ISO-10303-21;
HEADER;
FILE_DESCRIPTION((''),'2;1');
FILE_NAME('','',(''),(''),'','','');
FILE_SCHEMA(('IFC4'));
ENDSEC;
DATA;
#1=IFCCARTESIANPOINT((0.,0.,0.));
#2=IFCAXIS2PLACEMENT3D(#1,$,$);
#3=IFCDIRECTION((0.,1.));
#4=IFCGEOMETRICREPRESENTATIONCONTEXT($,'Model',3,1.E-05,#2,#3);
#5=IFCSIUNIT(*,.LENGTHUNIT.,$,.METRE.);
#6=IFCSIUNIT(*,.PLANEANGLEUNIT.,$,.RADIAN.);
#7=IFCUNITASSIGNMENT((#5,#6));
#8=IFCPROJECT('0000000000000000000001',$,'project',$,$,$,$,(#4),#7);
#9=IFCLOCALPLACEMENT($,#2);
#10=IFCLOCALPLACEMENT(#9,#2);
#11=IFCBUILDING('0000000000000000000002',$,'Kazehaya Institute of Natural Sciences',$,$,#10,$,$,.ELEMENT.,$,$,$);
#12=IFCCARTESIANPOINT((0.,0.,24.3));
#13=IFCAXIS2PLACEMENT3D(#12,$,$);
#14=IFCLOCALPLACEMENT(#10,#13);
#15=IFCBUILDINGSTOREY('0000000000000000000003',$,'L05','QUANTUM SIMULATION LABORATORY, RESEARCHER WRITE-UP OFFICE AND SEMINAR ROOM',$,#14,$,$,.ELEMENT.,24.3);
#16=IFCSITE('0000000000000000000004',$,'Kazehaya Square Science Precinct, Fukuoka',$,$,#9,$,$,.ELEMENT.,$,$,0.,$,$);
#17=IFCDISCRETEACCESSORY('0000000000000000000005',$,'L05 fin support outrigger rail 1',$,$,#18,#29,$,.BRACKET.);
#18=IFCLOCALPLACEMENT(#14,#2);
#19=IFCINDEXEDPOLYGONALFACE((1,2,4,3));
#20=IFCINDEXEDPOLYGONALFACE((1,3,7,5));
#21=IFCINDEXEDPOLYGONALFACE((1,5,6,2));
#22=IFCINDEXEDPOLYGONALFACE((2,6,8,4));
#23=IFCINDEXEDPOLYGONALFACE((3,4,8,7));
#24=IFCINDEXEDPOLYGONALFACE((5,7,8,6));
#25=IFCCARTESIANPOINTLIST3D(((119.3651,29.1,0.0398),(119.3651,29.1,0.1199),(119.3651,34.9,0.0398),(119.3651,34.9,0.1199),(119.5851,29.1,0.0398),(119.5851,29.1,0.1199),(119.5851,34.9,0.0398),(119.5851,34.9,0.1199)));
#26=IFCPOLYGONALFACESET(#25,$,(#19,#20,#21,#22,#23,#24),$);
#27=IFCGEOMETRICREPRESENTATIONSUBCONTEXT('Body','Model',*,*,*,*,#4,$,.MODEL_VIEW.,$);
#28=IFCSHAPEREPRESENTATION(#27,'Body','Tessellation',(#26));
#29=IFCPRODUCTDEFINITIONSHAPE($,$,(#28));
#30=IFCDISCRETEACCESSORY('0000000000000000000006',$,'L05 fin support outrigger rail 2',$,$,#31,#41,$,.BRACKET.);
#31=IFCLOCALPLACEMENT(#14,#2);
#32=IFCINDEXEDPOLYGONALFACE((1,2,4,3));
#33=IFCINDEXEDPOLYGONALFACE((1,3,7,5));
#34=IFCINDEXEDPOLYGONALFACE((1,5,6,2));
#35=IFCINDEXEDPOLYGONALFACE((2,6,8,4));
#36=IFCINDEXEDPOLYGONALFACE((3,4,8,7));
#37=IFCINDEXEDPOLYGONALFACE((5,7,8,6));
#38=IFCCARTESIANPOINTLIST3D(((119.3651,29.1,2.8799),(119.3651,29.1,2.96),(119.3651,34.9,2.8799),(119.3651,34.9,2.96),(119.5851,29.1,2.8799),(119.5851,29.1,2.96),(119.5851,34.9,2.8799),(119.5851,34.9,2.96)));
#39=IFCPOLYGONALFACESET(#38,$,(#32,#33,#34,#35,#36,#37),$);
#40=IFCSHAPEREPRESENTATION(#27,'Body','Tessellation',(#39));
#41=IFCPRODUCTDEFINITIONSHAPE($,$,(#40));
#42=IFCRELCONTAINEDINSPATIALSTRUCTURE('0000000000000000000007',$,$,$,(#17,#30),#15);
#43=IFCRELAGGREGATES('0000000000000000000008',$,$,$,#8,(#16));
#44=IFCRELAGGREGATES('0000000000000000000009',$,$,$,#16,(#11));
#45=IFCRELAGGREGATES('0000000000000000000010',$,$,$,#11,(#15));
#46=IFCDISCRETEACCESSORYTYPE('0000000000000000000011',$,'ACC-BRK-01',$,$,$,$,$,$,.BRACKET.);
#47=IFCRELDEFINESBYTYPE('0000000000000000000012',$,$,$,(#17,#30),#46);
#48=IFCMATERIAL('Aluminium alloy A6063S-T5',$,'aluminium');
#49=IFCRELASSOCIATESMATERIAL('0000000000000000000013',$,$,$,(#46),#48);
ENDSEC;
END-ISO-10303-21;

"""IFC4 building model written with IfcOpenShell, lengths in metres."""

from ifc_helpers import new_model, si_unit, direction, frame, origin, origin_2d, place, context, subcontext, project, spatial, rectangle, extrude, material, type_object, element, save


model = new_model("IFC4")

# Units and contexts
model_context = context("Model", 3, precision=1e-05, world=origin(), true_north=direction((0.0, 1.0)))
body_context = subcontext(model_context, "Body", "Model", "MODEL_VIEW")
ifc_project = project(units=[si_unit("LENGTHUNIT", "METRE"), si_unit("PLANEANGLEUNIT", "RADIAN")], contexts=[model_context])

# Site, building, storey
site_placement = place(None, origin())
site = spatial("IfcSite", under=ifc_project, at=site_placement, Name="Kazehaya Square Science Precinct, Fukuoka", CompositionType="ELEMENT", RefElevation=0.0)
building_placement = place(site_placement, origin())
building = spatial("IfcBuilding", under=site, at=building_placement, Name="Kazehaya Institute of Natural Sciences", CompositionType="ELEMENT")
storey_placement = place(building_placement, frame((0.0, 0.0, 24.3)))
storey = spatial("IfcBuildingStorey", under=building, at=storey_placement, Name="L05", Description="QUANTUM SIMULATION LABORATORY, RESEARCHER WRITE-UP OFFICE AND SEMINAR ROOM", CompositionType="ELEMENT", Elevation=24.3)

# Shared definitions
ifc_material_1 = material(Name="Aluminium alloy A6063S-T5", Category="aluminium")

# Discrete accessories
discrete_accessory_type = type_object("IfcDiscreteAccessoryType", Name="ACC-BRK-01", PredefinedType="BRACKET", material=ifc_material_1)
for number, where, z_axis, x_axis, name in (
    (1, (119.4751, 32.0, 0.0398), (0.0, 0.0, 1.0), (0.0, -1.0, 0.0), "L05 fin support outrigger rail 1"),
    (2, (119.4751, 32.0, 2.8799), (0.0, 0.0, 1.0), (0.0, -1.0, 0.0), "L05 fin support outrigger rail 2"),
):
    element("IfcDiscreteAccessory", number, at=place(storey_placement, frame(where, z_axis=z_axis, x_axis=x_axis)), inside=storey, type_object=discrete_accessory_type, Name=name, PredefinedType="BRACKET", context=body_context, shape_type="SweptSolid", body=[
        extrude(rectangle(XDim=5.8, YDim=0.22, at=origin_2d()), origin(), (0.0, 0.0, 1.0), 0.0801),
    ])

save(model, "model.ifc")
